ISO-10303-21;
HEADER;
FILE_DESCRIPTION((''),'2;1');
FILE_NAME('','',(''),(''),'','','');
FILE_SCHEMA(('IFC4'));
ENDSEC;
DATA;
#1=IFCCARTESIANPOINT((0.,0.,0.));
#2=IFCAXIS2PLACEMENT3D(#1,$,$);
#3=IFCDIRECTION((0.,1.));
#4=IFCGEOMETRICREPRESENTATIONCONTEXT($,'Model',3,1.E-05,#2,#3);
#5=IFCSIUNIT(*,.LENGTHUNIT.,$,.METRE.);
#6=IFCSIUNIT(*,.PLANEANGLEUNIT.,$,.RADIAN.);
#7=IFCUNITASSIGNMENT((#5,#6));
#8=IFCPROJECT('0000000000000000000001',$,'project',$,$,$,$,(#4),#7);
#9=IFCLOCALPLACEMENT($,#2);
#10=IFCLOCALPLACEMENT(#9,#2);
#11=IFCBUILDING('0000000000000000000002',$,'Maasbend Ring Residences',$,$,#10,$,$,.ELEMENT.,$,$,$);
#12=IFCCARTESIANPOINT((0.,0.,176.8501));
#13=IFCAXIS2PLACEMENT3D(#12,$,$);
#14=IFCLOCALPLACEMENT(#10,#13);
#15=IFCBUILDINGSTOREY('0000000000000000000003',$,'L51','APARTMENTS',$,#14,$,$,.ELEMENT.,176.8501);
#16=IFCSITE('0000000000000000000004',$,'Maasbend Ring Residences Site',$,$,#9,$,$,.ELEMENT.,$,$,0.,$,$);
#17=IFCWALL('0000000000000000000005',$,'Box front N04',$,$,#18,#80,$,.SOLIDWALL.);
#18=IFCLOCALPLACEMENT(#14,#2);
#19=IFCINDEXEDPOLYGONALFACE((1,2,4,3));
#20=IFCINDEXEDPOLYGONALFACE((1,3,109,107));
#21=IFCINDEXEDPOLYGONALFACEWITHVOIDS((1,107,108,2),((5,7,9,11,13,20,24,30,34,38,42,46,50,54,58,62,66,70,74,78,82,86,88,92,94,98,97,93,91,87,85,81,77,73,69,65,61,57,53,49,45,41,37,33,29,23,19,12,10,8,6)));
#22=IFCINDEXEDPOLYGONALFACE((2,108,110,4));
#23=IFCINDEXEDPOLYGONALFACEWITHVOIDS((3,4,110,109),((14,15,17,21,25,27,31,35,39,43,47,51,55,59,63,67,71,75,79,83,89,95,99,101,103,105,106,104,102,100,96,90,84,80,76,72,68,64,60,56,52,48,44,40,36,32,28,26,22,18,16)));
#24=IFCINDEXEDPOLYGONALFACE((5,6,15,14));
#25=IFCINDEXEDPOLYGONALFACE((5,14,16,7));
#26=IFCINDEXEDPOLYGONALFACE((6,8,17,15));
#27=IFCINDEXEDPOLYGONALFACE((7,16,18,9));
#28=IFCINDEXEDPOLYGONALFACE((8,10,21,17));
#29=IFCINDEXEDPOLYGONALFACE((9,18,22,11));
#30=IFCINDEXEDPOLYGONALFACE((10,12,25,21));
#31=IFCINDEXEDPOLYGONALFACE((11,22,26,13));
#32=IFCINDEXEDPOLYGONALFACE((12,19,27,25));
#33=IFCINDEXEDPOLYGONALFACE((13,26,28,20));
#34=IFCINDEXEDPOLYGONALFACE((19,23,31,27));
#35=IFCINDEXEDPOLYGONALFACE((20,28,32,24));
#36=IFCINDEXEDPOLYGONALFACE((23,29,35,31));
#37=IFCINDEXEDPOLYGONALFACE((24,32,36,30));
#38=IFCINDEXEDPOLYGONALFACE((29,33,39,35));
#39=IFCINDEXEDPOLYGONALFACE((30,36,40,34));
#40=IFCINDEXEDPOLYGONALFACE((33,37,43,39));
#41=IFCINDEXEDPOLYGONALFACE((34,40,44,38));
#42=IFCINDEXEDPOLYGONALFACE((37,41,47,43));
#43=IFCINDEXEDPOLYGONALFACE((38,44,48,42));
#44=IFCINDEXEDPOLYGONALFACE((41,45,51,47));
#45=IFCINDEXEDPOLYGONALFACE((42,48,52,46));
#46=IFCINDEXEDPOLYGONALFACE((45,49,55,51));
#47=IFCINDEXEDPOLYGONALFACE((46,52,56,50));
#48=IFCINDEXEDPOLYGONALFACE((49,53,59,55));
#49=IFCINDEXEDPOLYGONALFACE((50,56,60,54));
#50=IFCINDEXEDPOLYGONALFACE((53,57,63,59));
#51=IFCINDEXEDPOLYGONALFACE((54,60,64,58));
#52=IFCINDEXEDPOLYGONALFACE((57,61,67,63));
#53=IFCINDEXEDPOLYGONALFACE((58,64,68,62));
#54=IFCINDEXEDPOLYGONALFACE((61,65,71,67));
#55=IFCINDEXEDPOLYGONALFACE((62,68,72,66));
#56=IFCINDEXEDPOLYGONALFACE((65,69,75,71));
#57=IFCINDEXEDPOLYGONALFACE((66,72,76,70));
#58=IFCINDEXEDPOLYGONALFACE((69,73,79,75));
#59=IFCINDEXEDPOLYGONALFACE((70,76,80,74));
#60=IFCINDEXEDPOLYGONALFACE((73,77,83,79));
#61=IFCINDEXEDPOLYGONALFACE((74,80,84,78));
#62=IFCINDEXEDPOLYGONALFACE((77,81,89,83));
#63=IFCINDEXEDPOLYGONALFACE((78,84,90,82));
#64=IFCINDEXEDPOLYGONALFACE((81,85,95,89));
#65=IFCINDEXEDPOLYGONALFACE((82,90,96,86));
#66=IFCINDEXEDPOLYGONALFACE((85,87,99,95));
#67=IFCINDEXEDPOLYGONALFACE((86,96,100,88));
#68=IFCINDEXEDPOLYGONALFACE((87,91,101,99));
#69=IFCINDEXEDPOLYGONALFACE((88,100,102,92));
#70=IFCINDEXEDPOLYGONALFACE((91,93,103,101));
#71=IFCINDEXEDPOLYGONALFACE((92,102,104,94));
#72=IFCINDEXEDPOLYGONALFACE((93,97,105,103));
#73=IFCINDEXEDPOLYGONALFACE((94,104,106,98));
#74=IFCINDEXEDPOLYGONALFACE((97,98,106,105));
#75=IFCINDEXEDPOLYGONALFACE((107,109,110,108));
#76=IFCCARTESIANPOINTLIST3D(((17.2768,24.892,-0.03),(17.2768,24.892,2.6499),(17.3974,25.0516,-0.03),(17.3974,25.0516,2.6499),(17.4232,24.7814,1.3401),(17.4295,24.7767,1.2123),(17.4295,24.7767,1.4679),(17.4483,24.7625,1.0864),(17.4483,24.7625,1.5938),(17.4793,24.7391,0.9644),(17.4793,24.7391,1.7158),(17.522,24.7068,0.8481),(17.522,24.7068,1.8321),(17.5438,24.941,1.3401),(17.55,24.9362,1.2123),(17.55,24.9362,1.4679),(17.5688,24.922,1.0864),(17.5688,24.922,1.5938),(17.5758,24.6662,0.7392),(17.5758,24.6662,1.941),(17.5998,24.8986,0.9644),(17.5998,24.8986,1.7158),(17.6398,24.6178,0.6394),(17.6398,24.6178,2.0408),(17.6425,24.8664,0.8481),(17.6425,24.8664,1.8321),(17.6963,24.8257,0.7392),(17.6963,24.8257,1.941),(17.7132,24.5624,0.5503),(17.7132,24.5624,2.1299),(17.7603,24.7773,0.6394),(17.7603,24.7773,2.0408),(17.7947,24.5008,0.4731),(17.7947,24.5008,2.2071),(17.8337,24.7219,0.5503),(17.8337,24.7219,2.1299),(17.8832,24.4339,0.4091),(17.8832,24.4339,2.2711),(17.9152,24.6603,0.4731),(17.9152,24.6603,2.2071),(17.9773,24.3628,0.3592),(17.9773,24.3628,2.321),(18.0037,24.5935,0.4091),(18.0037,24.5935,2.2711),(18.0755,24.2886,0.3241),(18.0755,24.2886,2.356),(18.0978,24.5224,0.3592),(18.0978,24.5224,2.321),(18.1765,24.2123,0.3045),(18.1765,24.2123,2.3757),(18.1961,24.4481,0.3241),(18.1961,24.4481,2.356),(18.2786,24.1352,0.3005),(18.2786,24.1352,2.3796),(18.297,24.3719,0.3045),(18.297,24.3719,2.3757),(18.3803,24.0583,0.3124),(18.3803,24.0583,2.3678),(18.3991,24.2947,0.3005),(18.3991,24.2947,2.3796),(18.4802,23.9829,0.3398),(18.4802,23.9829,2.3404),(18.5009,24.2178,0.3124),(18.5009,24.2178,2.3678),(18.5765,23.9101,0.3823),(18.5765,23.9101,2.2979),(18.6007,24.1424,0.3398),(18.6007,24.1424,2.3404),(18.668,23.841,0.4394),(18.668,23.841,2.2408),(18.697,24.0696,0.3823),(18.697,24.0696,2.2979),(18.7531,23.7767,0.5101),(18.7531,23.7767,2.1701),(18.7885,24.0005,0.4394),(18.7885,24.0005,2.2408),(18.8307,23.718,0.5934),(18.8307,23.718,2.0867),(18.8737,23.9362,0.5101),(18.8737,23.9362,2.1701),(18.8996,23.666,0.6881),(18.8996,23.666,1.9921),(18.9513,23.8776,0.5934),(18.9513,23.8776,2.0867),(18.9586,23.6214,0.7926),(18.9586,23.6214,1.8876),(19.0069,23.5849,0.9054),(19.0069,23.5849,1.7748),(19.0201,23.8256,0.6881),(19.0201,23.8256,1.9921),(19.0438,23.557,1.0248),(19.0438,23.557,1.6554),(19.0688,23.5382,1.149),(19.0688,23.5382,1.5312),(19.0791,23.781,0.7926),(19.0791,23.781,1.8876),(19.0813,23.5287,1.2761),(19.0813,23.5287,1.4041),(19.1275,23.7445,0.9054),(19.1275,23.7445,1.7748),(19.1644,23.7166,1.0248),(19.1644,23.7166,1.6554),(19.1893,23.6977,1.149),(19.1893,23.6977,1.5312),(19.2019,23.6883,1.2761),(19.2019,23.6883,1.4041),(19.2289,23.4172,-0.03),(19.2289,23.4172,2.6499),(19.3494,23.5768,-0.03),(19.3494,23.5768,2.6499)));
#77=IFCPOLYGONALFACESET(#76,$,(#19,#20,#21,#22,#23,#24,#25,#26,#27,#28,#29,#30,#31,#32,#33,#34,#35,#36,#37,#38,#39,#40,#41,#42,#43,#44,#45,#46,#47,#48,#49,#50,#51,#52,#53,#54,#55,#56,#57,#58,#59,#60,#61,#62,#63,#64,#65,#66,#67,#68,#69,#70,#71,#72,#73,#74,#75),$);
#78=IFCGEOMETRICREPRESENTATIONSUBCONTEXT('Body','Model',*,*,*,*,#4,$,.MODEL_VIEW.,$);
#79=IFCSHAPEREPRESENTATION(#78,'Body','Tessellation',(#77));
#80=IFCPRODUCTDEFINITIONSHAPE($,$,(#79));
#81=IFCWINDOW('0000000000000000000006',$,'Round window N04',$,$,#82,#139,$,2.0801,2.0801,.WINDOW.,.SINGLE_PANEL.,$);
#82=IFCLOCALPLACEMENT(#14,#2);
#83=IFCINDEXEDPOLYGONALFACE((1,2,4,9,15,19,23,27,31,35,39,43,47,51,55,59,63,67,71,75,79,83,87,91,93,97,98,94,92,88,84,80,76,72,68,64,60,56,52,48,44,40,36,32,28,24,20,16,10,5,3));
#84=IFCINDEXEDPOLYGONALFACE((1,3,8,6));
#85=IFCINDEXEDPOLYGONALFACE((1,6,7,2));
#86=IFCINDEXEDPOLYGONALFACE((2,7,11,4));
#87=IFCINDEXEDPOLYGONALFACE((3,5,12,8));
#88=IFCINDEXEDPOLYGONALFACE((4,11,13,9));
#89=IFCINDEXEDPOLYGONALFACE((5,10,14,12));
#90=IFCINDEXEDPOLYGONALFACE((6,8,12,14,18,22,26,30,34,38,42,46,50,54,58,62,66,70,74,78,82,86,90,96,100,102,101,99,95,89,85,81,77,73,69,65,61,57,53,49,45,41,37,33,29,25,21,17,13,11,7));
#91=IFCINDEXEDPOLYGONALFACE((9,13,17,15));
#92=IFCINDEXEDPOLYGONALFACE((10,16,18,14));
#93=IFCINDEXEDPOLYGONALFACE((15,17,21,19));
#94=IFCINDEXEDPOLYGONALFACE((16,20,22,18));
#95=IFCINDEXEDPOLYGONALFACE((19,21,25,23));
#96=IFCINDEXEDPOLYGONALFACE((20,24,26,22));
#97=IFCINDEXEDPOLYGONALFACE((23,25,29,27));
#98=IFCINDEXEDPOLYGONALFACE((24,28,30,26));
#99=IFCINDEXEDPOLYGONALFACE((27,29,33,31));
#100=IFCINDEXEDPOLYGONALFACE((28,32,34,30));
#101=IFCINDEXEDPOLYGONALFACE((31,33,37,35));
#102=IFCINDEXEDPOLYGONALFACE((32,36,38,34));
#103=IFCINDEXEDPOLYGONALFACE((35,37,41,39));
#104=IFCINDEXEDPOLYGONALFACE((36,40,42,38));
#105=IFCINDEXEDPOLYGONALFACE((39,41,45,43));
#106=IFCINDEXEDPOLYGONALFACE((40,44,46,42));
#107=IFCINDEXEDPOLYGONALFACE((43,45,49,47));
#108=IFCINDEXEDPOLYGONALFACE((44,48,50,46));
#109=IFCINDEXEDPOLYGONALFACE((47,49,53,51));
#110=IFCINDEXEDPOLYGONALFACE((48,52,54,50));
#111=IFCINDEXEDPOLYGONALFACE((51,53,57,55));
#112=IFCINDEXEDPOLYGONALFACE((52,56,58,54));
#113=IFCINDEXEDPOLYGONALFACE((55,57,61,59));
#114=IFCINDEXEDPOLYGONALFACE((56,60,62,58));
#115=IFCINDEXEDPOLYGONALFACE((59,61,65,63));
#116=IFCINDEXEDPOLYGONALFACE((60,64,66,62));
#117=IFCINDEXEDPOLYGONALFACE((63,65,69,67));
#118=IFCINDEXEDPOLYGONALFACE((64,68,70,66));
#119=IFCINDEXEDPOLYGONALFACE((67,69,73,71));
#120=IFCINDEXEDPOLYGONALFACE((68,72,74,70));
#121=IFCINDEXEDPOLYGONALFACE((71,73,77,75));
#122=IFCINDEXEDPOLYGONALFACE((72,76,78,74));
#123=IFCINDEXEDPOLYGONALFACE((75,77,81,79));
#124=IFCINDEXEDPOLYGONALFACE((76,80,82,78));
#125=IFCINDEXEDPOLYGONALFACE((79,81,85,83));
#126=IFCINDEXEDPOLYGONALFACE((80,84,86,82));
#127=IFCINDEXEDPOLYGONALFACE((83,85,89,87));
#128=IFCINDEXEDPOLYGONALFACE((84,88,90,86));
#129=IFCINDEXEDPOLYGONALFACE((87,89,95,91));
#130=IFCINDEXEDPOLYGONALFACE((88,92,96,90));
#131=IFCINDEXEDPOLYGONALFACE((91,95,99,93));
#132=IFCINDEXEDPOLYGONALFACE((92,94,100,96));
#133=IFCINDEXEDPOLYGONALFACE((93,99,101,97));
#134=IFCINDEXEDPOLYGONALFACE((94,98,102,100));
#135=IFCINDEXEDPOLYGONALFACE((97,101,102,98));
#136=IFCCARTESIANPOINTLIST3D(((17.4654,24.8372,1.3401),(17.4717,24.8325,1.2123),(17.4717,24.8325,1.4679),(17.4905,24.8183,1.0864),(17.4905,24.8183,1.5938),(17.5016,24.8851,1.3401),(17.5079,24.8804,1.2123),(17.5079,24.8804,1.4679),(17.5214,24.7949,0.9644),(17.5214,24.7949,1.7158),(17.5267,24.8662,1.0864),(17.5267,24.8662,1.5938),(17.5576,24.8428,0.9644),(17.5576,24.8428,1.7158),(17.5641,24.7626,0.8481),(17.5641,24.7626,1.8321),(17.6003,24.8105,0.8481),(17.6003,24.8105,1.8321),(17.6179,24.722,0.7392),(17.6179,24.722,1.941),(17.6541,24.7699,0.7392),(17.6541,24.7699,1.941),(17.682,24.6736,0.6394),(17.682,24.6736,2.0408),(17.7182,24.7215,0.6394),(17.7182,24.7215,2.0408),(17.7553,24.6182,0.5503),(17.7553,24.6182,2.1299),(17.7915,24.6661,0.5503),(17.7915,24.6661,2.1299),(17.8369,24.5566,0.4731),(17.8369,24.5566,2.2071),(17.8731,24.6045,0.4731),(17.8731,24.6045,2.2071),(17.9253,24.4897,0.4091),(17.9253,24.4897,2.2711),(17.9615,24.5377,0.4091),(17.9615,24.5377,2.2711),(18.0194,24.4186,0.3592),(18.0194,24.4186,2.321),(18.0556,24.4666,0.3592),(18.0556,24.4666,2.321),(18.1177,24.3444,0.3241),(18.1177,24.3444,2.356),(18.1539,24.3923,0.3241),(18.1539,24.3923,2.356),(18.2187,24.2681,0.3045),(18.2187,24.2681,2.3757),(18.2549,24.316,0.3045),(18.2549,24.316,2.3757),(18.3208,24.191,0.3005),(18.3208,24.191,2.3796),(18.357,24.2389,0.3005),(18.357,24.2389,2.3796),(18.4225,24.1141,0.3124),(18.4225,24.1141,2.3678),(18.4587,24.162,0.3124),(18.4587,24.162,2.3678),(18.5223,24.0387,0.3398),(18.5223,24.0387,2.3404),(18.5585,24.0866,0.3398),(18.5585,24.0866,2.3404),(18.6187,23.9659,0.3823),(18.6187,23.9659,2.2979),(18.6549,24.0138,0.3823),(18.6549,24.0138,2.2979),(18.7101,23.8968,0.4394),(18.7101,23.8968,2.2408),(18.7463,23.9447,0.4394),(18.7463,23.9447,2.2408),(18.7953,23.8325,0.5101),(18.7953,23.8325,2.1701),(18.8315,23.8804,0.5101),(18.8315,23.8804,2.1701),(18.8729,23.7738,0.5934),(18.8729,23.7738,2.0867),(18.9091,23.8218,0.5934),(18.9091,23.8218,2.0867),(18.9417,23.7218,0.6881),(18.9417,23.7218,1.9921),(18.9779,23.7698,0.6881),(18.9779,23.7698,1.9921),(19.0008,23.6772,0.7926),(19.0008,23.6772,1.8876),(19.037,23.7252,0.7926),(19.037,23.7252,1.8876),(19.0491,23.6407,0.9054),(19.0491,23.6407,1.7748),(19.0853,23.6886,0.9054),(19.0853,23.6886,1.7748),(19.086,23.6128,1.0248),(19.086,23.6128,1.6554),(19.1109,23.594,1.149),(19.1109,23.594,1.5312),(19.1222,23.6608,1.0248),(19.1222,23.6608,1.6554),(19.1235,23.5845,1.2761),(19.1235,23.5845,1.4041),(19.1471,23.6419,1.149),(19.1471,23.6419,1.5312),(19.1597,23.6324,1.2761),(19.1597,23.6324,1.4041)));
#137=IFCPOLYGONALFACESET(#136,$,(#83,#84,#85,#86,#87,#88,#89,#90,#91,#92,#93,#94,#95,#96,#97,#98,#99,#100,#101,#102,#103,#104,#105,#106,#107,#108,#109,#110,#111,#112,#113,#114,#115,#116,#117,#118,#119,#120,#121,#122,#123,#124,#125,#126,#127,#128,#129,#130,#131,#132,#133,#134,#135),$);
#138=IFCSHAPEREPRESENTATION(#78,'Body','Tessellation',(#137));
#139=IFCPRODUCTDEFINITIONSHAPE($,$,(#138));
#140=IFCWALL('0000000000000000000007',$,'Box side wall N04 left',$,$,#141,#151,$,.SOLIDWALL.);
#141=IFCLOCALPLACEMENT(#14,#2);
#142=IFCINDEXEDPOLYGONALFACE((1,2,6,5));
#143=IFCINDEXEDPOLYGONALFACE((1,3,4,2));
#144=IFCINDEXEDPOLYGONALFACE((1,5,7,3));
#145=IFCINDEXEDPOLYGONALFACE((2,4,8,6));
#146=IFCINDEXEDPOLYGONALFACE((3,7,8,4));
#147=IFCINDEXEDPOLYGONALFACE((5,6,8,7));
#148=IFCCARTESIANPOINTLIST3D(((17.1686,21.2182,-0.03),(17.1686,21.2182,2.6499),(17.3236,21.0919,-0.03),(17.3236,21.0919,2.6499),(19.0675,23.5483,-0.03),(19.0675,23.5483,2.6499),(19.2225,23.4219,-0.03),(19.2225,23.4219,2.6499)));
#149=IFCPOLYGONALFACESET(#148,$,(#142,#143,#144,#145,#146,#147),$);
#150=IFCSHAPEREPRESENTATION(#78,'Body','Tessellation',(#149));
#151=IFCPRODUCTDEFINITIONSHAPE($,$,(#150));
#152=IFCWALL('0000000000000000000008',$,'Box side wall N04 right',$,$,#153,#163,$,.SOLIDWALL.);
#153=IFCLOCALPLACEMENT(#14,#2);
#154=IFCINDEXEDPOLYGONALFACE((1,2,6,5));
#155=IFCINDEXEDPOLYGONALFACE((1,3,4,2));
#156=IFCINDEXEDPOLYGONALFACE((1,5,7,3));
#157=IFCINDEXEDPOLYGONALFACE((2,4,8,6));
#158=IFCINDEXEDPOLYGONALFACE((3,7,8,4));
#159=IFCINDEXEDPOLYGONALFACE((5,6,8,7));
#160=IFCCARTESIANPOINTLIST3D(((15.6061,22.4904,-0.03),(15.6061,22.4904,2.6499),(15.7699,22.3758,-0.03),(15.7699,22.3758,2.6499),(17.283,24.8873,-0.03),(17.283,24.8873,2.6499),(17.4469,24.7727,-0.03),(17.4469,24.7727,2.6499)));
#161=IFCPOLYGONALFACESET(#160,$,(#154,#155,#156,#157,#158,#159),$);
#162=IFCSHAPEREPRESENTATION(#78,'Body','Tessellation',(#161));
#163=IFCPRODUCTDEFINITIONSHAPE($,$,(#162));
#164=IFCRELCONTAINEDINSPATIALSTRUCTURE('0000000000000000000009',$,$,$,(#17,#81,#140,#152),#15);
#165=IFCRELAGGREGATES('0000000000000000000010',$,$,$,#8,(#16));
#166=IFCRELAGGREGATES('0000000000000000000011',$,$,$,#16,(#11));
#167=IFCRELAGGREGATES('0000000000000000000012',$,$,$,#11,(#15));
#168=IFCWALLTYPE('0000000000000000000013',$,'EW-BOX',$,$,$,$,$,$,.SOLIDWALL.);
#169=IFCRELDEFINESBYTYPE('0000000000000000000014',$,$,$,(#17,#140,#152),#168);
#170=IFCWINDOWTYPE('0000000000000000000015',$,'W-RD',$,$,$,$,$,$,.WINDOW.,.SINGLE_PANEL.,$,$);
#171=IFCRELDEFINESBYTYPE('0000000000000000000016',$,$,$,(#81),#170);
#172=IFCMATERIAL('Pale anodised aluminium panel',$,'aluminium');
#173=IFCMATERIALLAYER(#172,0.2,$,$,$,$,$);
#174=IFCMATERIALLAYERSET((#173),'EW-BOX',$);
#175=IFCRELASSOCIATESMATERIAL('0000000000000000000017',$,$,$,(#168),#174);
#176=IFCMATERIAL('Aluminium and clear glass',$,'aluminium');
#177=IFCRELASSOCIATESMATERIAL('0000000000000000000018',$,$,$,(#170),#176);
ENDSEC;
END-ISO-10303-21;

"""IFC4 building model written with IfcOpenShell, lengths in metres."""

from ifc_helpers import new_model, si_unit, direction, frame, frame_2d, origin, place, context, subcontext, project, spatial, rectangle, circle, extrude, material, layer, layer_set, type_object, element, fill, save


model = new_model("IFC4")

# Units and contexts
model_context = context("Model", 3, precision=1e-05, world=origin(), true_north=direction((0.0, 1.0)))
body_context = subcontext(model_context, "Body", "Model", "MODEL_VIEW")
ifc_project = project(units=[si_unit("LENGTHUNIT", "METRE"), si_unit("PLANEANGLEUNIT", "RADIAN")], contexts=[model_context])

# Site, building, storey
site_placement = place(None, origin())
site = spatial("IfcSite", under=ifc_project, at=site_placement, Name="Maasbend Ring Residences Site", CompositionType="ELEMENT", RefElevation=0.0)
building_placement = place(site_placement, origin())
building = spatial("IfcBuilding", under=site, at=building_placement, Name="Maasbend Ring Residences", CompositionType="ELEMENT")
storey_placement = place(building_placement, frame((0.0, 0.0, 176.8501)))
storey = spatial("IfcBuildingStorey", under=building, at=storey_placement, Name="L51", Description="APARTMENTS", CompositionType="ELEMENT", Elevation=176.8501)

# Shared definitions
ifc_material_1 = material(Name="Pale anodised aluminium panel", Category="aluminium")
ifc_layer_1 = layer(ifc_material_1, 0.2)
ifc_layer_set_1 = layer_set([ifc_layer_1], Name="EW-BOX")
wall_type_1 = type_object("IfcWallType", Name="EW-BOX", PredefinedType="SOLIDWALL", material=ifc_layer_set_1)
ifc_material_2 = material(Name="Aluminium and clear glass", Category="aluminium")
window_type_1 = type_object("IfcWindowType", Name="W-RD", PartitioningType="SINGLE_PANEL", PredefinedType="WINDOW", material=ifc_material_2)

# Wall, opening, window
wall_1_placement = place(storey_placement, frame((19.2891, 23.4971, -0.03), z_axis=(0.0, 0.0, 1.0), x_axis=(-0.797888, 0.602806, 0.0)))
wall_1 = element("IfcWall", 1, at=wall_1_placement, inside=storey, type_object=wall_type_1, Name="Box front N04", PredefinedType="SOLIDWALL", context=body_context, shape_type="SweptSolid", body=[
    extrude(rectangle(XDim=2.4465, YDim=0.2, at=frame_2d((1.2231, 0.0))), origin(), (0.0, 0.0, 1.0), 2.6799),
])
opening_1_placement = place(wall_1_placement, frame((0.1829, 0.0, 0.3301)))
opening_1 = element("IfcOpeningElement", 2, at=opening_1_placement, cuts=wall_1, PredefinedType="OPENING", context=body_context, shape_type="SweptSolid", body=[
    extrude(circle(Radius=1.04, at=frame_2d((1.04, 1.04))), frame((0.0, 0.1099, 0.0), z_axis=(0.0, -1.0, 0.0), x_axis=(1.0, 0.0, 0.0)), (0.0, 0.0, 1.0), 0.22),
])
window_1_placement = place(opening_1_placement, origin())
window_1 = element("IfcWindow", 3, at=window_1_placement, inside=storey, type_object=window_type_1, Name="Round window N04", OverallHeight=2.0801, OverallWidth=2.0801, PartitioningType="SINGLE_PANEL", PredefinedType="WINDOW", context=body_context, shape_type="SweptSolid", body=[
    extrude(circle(Radius=1.04, at=frame_2d((1.04, 1.04))), frame((0.0, 0.03, 0.0), z_axis=(0.0, -1.0, 0.0), x_axis=(1.0, 0.0, 0.0)), (0.0, 0.0, 1.0), 0.0601),
])
fill(opening_1, window_1)

# Walls
wall_2_placement = place(storey_placement, frame((17.2461, 21.155, -0.03), z_axis=(0.0, 0.0, 1.0), x_axis=(0.631742, 0.775179, 0.0)))
element("IfcWall", 4, at=wall_2_placement, inside=storey, type_object=wall_type_1, Name="Box side wall N04 left", PredefinedType="SOLIDWALL", context=body_context, shape_type="SweptSolid", body=[
    extrude(rectangle(XDim=3.0059, YDim=0.2, at=frame_2d((1.5029, 0.0))), origin(), (0.0, 0.0, 1.0), 2.6799),
])
wall_3_placement = place(storey_placement, frame((15.688, 22.4331, -0.03), z_axis=(0.0, 0.0, 1.0), x_axis=(0.573261, 0.819373, 0.0)))
element("IfcWall", 5, at=wall_3_placement, inside=storey, type_object=wall_type_1, Name="Box side wall N04 right", PredefinedType="SOLIDWALL", context=body_context, shape_type="SweptSolid", body=[
    extrude(rectangle(XDim=2.9253, YDim=0.2, at=frame_2d((1.4626, 0.0))), origin(), (0.0, 0.0, 1.0), 2.6799),
])

save(model, "model.ifc")
